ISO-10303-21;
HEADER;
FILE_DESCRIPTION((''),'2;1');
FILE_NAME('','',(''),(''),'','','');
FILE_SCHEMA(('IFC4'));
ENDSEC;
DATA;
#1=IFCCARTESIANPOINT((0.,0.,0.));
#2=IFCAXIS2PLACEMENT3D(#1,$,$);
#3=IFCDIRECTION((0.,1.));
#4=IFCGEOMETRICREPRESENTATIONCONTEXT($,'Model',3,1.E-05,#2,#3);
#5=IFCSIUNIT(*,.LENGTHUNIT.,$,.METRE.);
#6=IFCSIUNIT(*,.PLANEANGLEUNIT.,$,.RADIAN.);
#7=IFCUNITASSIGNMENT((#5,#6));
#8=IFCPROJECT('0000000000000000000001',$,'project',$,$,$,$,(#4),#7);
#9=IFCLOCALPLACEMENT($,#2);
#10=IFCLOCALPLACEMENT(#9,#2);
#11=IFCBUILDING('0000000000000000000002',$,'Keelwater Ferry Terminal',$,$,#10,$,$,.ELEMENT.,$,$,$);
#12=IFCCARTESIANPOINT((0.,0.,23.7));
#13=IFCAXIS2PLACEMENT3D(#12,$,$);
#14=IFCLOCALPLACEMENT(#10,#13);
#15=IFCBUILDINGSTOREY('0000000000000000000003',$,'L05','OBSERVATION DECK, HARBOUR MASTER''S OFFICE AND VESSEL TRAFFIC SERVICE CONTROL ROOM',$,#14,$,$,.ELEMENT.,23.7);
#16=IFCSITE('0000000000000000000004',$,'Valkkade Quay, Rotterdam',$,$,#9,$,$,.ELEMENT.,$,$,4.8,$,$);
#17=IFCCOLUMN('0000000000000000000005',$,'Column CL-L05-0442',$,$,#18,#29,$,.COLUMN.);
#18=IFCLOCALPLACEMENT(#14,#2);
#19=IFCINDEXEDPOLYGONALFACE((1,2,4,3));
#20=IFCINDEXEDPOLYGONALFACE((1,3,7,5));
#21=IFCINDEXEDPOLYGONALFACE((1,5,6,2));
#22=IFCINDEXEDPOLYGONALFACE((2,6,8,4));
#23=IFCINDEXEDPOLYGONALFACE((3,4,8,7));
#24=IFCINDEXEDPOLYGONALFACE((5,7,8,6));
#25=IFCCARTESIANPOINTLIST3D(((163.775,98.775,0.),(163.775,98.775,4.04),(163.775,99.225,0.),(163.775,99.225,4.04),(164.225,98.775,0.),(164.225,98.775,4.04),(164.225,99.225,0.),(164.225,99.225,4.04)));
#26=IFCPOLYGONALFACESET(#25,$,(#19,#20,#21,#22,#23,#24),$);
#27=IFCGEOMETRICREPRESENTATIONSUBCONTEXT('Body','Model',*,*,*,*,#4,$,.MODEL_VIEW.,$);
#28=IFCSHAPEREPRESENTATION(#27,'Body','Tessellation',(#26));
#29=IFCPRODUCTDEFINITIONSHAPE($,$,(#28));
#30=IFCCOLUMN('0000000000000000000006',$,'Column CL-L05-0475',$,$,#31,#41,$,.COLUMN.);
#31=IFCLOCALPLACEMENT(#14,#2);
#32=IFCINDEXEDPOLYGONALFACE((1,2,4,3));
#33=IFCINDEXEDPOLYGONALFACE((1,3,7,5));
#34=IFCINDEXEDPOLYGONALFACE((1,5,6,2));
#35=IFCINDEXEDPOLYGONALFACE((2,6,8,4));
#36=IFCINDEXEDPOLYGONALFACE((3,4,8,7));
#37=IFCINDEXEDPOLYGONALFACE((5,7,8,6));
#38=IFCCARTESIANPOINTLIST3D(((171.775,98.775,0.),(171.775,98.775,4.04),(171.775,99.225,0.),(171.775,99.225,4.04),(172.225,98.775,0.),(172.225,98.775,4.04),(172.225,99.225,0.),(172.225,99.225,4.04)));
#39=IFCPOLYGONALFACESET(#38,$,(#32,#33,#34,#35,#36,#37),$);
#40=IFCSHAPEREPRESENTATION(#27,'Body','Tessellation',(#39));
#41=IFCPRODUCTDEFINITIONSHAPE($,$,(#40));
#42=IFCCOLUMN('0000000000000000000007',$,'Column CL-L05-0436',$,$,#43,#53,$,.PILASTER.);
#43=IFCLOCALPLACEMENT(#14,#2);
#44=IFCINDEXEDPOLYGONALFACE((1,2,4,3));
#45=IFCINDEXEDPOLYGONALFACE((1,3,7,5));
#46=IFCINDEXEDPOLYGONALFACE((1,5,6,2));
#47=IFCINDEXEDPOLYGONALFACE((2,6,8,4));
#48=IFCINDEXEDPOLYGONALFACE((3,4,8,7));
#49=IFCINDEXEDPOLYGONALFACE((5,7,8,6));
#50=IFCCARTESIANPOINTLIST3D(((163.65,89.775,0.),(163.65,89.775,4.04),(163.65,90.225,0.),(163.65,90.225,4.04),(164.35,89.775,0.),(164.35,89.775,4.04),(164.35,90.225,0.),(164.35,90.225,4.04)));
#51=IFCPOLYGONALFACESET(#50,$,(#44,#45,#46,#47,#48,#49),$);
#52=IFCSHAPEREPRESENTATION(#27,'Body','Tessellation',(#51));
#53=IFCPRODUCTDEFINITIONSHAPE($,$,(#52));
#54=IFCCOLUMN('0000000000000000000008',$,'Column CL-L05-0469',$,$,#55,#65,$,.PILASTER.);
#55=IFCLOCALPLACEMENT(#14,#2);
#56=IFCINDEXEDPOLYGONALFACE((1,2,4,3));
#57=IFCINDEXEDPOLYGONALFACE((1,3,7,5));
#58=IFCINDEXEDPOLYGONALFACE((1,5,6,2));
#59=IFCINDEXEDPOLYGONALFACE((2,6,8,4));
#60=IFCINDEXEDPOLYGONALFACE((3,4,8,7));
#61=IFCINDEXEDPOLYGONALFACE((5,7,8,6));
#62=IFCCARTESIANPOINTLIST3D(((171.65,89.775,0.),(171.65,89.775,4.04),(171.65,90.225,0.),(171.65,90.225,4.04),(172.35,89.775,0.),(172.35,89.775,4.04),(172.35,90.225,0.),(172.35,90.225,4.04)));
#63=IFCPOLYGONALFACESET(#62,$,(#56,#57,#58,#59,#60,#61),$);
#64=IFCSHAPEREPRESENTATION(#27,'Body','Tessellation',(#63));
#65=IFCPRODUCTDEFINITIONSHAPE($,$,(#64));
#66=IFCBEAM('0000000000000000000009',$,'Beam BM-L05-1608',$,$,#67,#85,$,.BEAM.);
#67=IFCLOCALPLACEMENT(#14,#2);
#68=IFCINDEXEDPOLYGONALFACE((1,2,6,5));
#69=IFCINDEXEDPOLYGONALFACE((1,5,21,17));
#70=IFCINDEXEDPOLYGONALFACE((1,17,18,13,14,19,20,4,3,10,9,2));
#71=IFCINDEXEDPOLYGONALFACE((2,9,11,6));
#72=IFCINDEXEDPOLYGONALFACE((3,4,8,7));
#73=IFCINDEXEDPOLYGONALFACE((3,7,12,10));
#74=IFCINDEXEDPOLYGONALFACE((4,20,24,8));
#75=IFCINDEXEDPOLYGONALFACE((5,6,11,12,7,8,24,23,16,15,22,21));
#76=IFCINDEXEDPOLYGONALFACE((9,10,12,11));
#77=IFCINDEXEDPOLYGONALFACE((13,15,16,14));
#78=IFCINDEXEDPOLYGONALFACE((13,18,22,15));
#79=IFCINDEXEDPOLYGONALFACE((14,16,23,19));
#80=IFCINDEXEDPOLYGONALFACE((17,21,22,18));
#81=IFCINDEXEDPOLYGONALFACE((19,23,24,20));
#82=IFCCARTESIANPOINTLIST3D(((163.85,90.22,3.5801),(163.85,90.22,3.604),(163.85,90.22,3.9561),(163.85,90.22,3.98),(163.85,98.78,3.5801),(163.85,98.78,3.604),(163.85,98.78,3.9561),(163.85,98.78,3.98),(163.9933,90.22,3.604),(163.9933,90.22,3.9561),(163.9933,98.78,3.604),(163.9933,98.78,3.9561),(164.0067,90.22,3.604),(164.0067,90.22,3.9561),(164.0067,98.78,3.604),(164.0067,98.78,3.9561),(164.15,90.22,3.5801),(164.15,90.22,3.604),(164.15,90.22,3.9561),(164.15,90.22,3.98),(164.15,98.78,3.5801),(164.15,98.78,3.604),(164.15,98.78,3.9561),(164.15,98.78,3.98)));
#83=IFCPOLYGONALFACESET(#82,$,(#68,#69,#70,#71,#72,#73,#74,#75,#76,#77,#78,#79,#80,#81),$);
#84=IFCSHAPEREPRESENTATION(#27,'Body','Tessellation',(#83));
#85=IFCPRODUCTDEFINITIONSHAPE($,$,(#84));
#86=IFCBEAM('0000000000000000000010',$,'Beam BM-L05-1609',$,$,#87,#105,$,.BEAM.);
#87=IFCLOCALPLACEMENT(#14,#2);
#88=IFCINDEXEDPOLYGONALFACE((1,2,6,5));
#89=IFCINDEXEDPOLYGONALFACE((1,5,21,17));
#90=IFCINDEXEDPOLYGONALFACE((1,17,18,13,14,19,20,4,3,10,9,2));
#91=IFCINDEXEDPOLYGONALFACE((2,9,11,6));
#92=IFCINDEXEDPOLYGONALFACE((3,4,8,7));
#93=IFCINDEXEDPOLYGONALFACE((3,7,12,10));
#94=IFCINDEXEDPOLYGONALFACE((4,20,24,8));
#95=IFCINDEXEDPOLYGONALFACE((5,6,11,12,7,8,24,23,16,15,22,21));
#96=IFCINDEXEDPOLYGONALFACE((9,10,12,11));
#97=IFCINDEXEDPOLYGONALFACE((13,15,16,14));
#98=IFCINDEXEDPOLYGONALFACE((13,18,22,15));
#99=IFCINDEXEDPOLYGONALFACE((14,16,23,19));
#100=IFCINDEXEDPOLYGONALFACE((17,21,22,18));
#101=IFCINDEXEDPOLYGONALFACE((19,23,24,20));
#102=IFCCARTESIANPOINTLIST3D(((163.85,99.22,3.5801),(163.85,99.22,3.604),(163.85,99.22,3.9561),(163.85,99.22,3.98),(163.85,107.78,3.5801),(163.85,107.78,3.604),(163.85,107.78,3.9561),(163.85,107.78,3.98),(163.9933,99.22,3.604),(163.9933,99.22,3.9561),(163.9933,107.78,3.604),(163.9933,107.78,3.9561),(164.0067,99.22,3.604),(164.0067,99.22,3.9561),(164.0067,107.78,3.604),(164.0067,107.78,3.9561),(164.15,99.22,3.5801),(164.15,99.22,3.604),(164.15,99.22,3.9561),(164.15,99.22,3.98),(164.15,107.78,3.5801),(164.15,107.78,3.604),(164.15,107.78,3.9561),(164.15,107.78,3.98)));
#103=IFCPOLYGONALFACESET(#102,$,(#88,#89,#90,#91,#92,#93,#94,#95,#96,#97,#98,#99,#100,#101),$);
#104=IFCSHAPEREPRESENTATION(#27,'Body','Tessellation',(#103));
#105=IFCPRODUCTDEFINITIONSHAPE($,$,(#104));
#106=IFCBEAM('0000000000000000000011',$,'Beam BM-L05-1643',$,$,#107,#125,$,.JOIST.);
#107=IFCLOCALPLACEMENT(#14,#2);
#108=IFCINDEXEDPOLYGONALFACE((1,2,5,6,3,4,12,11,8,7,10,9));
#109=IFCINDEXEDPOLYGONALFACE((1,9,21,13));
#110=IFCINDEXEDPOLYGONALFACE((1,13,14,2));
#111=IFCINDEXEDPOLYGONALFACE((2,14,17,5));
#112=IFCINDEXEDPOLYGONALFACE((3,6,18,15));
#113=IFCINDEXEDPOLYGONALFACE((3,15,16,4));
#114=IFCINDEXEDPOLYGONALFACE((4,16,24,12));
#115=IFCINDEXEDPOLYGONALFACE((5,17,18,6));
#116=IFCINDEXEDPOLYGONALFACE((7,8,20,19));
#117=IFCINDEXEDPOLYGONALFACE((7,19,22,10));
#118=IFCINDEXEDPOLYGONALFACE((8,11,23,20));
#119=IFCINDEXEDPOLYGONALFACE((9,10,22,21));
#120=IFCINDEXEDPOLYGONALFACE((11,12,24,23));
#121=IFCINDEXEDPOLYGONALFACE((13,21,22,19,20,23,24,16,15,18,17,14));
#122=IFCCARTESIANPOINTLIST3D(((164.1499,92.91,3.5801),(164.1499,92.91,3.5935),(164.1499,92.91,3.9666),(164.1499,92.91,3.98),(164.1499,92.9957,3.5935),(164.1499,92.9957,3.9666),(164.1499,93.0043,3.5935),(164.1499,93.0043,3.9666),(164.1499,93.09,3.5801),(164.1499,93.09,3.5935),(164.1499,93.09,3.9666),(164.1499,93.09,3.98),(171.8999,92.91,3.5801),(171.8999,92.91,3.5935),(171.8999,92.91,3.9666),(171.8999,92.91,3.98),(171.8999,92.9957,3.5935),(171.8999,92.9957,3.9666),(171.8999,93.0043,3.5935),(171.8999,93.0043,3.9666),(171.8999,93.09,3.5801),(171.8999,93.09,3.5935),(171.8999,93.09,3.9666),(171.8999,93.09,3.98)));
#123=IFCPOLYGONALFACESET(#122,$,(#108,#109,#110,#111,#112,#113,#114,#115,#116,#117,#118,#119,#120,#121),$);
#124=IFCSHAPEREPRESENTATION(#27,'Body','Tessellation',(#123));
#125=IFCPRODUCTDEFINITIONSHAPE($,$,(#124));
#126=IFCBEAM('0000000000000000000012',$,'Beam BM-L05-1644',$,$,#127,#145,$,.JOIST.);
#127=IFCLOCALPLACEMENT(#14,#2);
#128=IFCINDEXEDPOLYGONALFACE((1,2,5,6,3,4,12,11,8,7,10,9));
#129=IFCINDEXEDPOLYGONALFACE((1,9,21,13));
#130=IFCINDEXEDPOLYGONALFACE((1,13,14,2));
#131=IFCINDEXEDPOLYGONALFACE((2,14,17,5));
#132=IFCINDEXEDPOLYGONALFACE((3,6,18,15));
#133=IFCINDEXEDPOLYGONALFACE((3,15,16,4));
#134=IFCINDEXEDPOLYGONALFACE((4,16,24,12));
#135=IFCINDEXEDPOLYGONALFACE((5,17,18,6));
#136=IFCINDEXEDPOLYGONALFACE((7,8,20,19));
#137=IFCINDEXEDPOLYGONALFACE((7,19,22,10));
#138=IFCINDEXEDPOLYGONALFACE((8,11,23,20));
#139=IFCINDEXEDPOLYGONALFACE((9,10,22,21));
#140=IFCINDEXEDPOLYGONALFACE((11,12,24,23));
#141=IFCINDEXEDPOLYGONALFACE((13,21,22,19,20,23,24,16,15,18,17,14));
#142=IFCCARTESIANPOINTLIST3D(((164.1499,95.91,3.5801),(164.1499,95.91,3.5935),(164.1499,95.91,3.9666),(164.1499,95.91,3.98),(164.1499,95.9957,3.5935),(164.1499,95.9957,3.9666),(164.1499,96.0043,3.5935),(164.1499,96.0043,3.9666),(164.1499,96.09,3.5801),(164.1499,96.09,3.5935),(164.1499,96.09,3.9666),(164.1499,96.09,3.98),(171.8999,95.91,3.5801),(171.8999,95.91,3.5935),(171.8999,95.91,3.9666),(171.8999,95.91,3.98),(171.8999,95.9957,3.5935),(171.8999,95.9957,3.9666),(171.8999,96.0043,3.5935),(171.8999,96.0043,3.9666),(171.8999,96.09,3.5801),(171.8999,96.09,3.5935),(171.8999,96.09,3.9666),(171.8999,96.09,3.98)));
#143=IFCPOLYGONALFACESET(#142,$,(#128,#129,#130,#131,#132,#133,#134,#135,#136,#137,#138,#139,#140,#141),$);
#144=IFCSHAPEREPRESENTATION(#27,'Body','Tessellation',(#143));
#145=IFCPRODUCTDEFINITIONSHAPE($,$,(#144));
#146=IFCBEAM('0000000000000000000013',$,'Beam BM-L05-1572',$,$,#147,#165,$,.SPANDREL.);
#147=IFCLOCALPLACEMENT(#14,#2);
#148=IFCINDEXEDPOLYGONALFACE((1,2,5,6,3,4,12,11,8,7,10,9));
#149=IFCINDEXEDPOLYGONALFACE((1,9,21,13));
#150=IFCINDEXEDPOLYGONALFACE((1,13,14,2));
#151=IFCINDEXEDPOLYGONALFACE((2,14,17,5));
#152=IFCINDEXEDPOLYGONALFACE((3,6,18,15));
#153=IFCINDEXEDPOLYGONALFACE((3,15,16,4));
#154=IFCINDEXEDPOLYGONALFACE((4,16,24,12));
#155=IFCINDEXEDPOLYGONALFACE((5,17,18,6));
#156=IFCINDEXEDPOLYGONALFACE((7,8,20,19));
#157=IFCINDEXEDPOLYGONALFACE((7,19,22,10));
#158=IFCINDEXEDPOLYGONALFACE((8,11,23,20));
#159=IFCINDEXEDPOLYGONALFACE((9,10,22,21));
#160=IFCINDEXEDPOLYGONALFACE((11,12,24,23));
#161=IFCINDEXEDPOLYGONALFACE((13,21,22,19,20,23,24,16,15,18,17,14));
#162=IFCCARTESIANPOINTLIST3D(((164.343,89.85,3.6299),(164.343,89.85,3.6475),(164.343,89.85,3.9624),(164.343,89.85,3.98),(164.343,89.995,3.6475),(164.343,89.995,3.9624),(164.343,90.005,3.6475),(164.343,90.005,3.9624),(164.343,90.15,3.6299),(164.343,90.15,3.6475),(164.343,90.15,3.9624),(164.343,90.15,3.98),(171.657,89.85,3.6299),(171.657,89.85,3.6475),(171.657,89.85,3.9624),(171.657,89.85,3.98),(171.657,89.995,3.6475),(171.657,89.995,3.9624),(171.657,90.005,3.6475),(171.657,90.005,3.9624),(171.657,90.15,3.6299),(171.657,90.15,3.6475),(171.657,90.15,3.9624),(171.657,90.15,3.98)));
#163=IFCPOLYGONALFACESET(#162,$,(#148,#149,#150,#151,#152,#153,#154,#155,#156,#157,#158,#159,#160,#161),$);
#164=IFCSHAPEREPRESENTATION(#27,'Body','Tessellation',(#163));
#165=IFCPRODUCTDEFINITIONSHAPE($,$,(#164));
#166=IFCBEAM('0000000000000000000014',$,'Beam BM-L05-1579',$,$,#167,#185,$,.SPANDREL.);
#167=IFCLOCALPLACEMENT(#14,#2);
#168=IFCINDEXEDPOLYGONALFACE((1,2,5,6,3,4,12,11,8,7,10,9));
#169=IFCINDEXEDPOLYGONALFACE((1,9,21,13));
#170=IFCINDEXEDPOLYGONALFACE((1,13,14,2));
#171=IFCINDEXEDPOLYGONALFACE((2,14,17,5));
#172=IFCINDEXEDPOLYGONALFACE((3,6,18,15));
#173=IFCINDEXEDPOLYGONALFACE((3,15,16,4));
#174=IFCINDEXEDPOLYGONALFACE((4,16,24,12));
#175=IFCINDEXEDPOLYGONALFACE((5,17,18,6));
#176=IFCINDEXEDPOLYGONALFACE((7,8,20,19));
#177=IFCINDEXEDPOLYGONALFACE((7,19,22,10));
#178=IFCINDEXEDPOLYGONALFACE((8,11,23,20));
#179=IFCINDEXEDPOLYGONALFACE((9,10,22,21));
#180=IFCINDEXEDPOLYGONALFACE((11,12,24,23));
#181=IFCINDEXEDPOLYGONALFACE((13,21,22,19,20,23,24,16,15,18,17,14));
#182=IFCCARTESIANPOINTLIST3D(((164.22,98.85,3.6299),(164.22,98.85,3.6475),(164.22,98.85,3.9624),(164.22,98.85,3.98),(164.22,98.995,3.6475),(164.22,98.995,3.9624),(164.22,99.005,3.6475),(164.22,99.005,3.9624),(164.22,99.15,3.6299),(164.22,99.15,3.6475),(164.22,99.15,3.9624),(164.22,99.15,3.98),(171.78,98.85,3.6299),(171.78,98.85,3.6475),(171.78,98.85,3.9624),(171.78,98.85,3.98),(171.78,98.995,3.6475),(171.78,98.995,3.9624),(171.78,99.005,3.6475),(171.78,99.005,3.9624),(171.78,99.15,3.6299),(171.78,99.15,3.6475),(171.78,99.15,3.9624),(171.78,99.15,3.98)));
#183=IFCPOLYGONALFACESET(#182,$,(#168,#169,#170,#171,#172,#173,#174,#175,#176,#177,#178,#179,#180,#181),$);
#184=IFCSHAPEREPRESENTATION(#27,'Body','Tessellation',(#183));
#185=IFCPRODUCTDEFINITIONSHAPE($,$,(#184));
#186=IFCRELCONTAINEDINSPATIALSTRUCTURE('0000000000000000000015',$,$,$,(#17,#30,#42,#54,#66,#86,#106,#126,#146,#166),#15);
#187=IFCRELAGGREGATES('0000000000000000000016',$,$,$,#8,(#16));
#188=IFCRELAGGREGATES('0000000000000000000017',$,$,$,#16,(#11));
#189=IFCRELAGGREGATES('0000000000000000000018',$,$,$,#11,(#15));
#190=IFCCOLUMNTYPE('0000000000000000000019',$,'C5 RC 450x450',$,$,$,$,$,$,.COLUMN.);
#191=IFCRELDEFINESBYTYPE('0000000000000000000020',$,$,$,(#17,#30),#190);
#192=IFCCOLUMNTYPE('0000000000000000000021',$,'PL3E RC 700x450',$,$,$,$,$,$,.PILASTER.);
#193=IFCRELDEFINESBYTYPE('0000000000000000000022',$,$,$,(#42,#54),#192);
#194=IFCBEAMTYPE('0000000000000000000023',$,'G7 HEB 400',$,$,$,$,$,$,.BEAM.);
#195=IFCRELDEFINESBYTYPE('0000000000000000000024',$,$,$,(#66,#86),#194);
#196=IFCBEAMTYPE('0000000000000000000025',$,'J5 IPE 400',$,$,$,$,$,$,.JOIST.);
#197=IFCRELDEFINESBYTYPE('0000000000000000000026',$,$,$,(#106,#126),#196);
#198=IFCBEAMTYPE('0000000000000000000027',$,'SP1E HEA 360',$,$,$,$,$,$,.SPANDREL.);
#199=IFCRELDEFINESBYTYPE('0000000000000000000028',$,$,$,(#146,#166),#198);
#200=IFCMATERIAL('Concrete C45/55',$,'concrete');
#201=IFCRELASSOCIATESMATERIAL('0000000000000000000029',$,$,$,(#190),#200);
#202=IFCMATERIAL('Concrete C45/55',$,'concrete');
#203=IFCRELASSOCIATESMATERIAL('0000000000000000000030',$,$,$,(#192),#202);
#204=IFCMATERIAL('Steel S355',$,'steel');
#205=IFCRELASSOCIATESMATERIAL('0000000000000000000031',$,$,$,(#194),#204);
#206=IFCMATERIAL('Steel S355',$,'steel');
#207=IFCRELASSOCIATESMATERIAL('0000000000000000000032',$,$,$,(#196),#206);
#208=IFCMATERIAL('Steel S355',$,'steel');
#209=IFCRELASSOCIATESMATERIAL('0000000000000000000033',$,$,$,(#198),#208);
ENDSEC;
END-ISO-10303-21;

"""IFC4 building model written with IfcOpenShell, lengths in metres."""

from ifc_helpers import new_model, si_unit, direction, frame, origin, origin_2d, place, context, subcontext, project, spatial, rectangle, i_section, extrude, material, material_profile, profile_set, type_object, element, save


model = new_model("IFC4")

# Units and contexts
model_context = context("Model", 3, precision=1e-05, world=origin(), true_north=direction((0.0, 1.0)))
body_context = subcontext(model_context, "Body", "Model", "MODEL_VIEW")
ifc_project = project(units=[si_unit("LENGTHUNIT", "METRE"), si_unit("PLANEANGLEUNIT", "RADIAN")], contexts=[model_context])

# Site, building, storey
site_placement = place(None, origin())
site = spatial("IfcSite", under=ifc_project, at=site_placement, Name="Valkkade Quay, Rotterdam", CompositionType="ELEMENT", RefElevation=4.8)
building_placement = place(site_placement, origin())
building = spatial("IfcBuilding", under=site, at=building_placement, Name="Keelwater Ferry Terminal", CompositionType="ELEMENT")
storey_placement = place(building_placement, frame((0.0, 0.0, 23.7)))
storey = spatial("IfcBuildingStorey", under=building, at=storey_placement, Name="L05", Description="OBSERVATION DECK, HARBOUR MASTER'S OFFICE AND VESSEL TRAFFIC SERVICE CONTROL ROOM", CompositionType="ELEMENT", Elevation=23.7)

# Columns
ifc_material_1 = material(Name="Concrete C45/55", Category="concrete")
ifc_material_profile_1 = material_profile(ifc_material_1, rectangle(XDim=0.45, YDim=0.45, at=origin_2d()), Name="RC 450x450")
ifc_profile_set_1 = profile_set([ifc_material_profile_1], Name="Concrete C45/55")
column_type_1 = type_object("IfcColumnType", Name="C5 RC 450x450", PredefinedType="COLUMN", material=ifc_profile_set_1)
for number, where, z_axis, x_axis, name in (
    (1, (164.0, 99.0, 0.0), (0.0, 0.0, 1.0), (1.0, 0.0, 0.0), "Column CL-L05-0442"),
    (2, (172.0, 99.0, 0.0), (0.0, 0.0, 1.0), (1.0, 0.0, 0.0), "Column CL-L05-0475"),
):
    element("IfcColumn", number, at=place(storey_placement, frame(where, z_axis=z_axis, x_axis=x_axis)), inside=storey, type_object=column_type_1, Name=name, PredefinedType="COLUMN", context=body_context, shape_type="SweptSolid", body=[
        extrude(rectangle(XDim=0.45, YDim=0.45, at=origin_2d()), origin(), (0.0, 0.0, 1.0), 4.04),
    ])
ifc_material_2 = material(Name="Concrete C45/55", Category="concrete")
ifc_material_profile_2 = material_profile(ifc_material_2, rectangle(XDim=0.45, YDim=0.7, at=origin_2d()), Name="RC 700x450")
ifc_profile_set_2 = profile_set([ifc_material_profile_2], Name="Concrete C45/55")
column_type_2 = type_object("IfcColumnType", Name="PL3E RC 700x450", PredefinedType="PILASTER", material=ifc_profile_set_2)
for number, where, z_axis, x_axis, name in (
    (3, (164.0, 90.0, 0.0), (0.0, 0.0, 1.0), (0.0, 1.0, 0.0), "Column CL-L05-0436"),
    (4, (172.0, 90.0, 0.0), (0.0, 0.0, 1.0), (0.0, 1.0, 0.0), "Column CL-L05-0469"),
):
    element("IfcColumn", number, at=place(storey_placement, frame(where, z_axis=z_axis, x_axis=x_axis)), inside=storey, type_object=column_type_2, Name=name, PredefinedType="PILASTER", context=body_context, shape_type="SweptSolid", body=[
        extrude(rectangle(XDim=0.45, YDim=0.7, at=origin_2d()), origin(), (0.0, 0.0, 1.0), 4.04),
    ])

# Beams
ifc_material_3 = material(Name="Steel S355", Category="steel")
ifc_material_profile_3 = material_profile(ifc_material_3, i_section(OverallWidth=0.3, OverallDepth=0.3999, WebThickness=0.0134, FlangeThickness=0.0239, at=origin_2d()), Name="HEB 400")
ifc_profile_set_3 = profile_set([ifc_material_profile_3], Name="Steel S355")
beam_type_1 = type_object("IfcBeamType", Name="G7 HEB 400", PredefinedType="BEAM", material=ifc_profile_set_3)
for number, where, z_axis, x_axis, name in (
    (5, (164.0, 90.22, 3.78), (0.0, 1.0, 0.0), (-1.0, 0.0, 0.0), "Beam BM-L05-1608"),
    (6, (164.0, 99.22, 3.78), (0.0, 1.0, 0.0), (-1.0, 0.0, 0.0), "Beam BM-L05-1609"),
):
    element("IfcBeam", number, at=place(storey_placement, frame(where, z_axis=z_axis, x_axis=x_axis)), inside=storey, type_object=beam_type_1, Name=name, PredefinedType="BEAM", context=body_context, shape_type="SweptSolid", body=[
        extrude(i_section(OverallWidth=0.3, OverallDepth=0.3999, WebThickness=0.0134, FlangeThickness=0.0239, at=origin_2d()), origin(), (0.0, 0.0, 1.0), 8.5601),
    ])
ifc_material_4 = material(Name="Steel S355", Category="steel")
ifc_material_profile_4 = material_profile(ifc_material_4, i_section(OverallWidth=0.1799, OverallDepth=0.3999, WebThickness=0.0085, FlangeThickness=0.0134, at=origin_2d()), Name="IPE 400")
ifc_profile_set_4 = profile_set([ifc_material_profile_4], Name="Steel S355")
beam_type_2 = type_object("IfcBeamType", Name="J5 IPE 400", PredefinedType="JOIST", material=ifc_profile_set_4)
for number, where, z_axis, x_axis, name in (
    (7, (164.1499, 93.0, 3.78), (1.0, 0.0, 0.0), (0.0, 1.0, 0.0), "Beam BM-L05-1643"),
    (8, (164.1499, 96.0, 3.78), (1.0, 0.0, 0.0), (0.0, 1.0, 0.0), "Beam BM-L05-1644"),
):
    element("IfcBeam", number, at=place(storey_placement, frame(where, z_axis=z_axis, x_axis=x_axis)), inside=storey, type_object=beam_type_2, Name=name, PredefinedType="JOIST", context=body_context, shape_type="SweptSolid", body=[
        extrude(i_section(OverallWidth=0.1799, OverallDepth=0.3999, WebThickness=0.0085, FlangeThickness=0.0134, at=origin_2d()), origin(), (0.0, 0.0, 1.0), 7.75),
    ])
ifc_material_5 = material(Name="Steel S355", Category="steel")
ifc_material_profile_5 = material_profile(ifc_material_5, i_section(OverallWidth=0.3, OverallDepth=0.3501, WebThickness=0.01, FlangeThickness=0.0176, at=origin_2d()), Name="HEA 360")
ifc_profile_set_5 = profile_set([ifc_material_profile_5], Name="Steel S355")
beam_type_3 = type_object("IfcBeamType", Name="SP1E HEA 360", PredefinedType="SPANDREL", material=ifc_profile_set_5)
beam_1_placement = place(storey_placement, frame((164.343, 90.0, 3.8049), z_axis=(1.0, 0.0, 0.0), x_axis=(0.0, 1.0, 0.0)))
element("IfcBeam", 9, at=beam_1_placement, inside=storey, type_object=beam_type_3, Name="Beam BM-L05-1572", PredefinedType="SPANDREL", context=body_context, shape_type="SweptSolid", body=[
    extrude(i_section(OverallWidth=0.3, OverallDepth=0.3501, WebThickness=0.01, FlangeThickness=0.0176, at=origin_2d()), origin(), (0.0, 0.0, 1.0), 7.314),
])
beam_2_placement = place(storey_placement, frame((164.22, 99.0, 3.8049), z_axis=(1.0, 0.0, 0.0), x_axis=(0.0, 1.0, 0.0)))
element("IfcBeam", 10, at=beam_2_placement, inside=storey, type_object=beam_type_3, Name="Beam BM-L05-1579", PredefinedType="SPANDREL", context=body_context, shape_type="SweptSolid", body=[
    extrude(i_section(OverallWidth=0.3, OverallDepth=0.3501, WebThickness=0.01, FlangeThickness=0.0176, at=origin_2d()), origin(), (0.0, 0.0, 1.0), 7.5601),
])

save(model, "model.ifc")
